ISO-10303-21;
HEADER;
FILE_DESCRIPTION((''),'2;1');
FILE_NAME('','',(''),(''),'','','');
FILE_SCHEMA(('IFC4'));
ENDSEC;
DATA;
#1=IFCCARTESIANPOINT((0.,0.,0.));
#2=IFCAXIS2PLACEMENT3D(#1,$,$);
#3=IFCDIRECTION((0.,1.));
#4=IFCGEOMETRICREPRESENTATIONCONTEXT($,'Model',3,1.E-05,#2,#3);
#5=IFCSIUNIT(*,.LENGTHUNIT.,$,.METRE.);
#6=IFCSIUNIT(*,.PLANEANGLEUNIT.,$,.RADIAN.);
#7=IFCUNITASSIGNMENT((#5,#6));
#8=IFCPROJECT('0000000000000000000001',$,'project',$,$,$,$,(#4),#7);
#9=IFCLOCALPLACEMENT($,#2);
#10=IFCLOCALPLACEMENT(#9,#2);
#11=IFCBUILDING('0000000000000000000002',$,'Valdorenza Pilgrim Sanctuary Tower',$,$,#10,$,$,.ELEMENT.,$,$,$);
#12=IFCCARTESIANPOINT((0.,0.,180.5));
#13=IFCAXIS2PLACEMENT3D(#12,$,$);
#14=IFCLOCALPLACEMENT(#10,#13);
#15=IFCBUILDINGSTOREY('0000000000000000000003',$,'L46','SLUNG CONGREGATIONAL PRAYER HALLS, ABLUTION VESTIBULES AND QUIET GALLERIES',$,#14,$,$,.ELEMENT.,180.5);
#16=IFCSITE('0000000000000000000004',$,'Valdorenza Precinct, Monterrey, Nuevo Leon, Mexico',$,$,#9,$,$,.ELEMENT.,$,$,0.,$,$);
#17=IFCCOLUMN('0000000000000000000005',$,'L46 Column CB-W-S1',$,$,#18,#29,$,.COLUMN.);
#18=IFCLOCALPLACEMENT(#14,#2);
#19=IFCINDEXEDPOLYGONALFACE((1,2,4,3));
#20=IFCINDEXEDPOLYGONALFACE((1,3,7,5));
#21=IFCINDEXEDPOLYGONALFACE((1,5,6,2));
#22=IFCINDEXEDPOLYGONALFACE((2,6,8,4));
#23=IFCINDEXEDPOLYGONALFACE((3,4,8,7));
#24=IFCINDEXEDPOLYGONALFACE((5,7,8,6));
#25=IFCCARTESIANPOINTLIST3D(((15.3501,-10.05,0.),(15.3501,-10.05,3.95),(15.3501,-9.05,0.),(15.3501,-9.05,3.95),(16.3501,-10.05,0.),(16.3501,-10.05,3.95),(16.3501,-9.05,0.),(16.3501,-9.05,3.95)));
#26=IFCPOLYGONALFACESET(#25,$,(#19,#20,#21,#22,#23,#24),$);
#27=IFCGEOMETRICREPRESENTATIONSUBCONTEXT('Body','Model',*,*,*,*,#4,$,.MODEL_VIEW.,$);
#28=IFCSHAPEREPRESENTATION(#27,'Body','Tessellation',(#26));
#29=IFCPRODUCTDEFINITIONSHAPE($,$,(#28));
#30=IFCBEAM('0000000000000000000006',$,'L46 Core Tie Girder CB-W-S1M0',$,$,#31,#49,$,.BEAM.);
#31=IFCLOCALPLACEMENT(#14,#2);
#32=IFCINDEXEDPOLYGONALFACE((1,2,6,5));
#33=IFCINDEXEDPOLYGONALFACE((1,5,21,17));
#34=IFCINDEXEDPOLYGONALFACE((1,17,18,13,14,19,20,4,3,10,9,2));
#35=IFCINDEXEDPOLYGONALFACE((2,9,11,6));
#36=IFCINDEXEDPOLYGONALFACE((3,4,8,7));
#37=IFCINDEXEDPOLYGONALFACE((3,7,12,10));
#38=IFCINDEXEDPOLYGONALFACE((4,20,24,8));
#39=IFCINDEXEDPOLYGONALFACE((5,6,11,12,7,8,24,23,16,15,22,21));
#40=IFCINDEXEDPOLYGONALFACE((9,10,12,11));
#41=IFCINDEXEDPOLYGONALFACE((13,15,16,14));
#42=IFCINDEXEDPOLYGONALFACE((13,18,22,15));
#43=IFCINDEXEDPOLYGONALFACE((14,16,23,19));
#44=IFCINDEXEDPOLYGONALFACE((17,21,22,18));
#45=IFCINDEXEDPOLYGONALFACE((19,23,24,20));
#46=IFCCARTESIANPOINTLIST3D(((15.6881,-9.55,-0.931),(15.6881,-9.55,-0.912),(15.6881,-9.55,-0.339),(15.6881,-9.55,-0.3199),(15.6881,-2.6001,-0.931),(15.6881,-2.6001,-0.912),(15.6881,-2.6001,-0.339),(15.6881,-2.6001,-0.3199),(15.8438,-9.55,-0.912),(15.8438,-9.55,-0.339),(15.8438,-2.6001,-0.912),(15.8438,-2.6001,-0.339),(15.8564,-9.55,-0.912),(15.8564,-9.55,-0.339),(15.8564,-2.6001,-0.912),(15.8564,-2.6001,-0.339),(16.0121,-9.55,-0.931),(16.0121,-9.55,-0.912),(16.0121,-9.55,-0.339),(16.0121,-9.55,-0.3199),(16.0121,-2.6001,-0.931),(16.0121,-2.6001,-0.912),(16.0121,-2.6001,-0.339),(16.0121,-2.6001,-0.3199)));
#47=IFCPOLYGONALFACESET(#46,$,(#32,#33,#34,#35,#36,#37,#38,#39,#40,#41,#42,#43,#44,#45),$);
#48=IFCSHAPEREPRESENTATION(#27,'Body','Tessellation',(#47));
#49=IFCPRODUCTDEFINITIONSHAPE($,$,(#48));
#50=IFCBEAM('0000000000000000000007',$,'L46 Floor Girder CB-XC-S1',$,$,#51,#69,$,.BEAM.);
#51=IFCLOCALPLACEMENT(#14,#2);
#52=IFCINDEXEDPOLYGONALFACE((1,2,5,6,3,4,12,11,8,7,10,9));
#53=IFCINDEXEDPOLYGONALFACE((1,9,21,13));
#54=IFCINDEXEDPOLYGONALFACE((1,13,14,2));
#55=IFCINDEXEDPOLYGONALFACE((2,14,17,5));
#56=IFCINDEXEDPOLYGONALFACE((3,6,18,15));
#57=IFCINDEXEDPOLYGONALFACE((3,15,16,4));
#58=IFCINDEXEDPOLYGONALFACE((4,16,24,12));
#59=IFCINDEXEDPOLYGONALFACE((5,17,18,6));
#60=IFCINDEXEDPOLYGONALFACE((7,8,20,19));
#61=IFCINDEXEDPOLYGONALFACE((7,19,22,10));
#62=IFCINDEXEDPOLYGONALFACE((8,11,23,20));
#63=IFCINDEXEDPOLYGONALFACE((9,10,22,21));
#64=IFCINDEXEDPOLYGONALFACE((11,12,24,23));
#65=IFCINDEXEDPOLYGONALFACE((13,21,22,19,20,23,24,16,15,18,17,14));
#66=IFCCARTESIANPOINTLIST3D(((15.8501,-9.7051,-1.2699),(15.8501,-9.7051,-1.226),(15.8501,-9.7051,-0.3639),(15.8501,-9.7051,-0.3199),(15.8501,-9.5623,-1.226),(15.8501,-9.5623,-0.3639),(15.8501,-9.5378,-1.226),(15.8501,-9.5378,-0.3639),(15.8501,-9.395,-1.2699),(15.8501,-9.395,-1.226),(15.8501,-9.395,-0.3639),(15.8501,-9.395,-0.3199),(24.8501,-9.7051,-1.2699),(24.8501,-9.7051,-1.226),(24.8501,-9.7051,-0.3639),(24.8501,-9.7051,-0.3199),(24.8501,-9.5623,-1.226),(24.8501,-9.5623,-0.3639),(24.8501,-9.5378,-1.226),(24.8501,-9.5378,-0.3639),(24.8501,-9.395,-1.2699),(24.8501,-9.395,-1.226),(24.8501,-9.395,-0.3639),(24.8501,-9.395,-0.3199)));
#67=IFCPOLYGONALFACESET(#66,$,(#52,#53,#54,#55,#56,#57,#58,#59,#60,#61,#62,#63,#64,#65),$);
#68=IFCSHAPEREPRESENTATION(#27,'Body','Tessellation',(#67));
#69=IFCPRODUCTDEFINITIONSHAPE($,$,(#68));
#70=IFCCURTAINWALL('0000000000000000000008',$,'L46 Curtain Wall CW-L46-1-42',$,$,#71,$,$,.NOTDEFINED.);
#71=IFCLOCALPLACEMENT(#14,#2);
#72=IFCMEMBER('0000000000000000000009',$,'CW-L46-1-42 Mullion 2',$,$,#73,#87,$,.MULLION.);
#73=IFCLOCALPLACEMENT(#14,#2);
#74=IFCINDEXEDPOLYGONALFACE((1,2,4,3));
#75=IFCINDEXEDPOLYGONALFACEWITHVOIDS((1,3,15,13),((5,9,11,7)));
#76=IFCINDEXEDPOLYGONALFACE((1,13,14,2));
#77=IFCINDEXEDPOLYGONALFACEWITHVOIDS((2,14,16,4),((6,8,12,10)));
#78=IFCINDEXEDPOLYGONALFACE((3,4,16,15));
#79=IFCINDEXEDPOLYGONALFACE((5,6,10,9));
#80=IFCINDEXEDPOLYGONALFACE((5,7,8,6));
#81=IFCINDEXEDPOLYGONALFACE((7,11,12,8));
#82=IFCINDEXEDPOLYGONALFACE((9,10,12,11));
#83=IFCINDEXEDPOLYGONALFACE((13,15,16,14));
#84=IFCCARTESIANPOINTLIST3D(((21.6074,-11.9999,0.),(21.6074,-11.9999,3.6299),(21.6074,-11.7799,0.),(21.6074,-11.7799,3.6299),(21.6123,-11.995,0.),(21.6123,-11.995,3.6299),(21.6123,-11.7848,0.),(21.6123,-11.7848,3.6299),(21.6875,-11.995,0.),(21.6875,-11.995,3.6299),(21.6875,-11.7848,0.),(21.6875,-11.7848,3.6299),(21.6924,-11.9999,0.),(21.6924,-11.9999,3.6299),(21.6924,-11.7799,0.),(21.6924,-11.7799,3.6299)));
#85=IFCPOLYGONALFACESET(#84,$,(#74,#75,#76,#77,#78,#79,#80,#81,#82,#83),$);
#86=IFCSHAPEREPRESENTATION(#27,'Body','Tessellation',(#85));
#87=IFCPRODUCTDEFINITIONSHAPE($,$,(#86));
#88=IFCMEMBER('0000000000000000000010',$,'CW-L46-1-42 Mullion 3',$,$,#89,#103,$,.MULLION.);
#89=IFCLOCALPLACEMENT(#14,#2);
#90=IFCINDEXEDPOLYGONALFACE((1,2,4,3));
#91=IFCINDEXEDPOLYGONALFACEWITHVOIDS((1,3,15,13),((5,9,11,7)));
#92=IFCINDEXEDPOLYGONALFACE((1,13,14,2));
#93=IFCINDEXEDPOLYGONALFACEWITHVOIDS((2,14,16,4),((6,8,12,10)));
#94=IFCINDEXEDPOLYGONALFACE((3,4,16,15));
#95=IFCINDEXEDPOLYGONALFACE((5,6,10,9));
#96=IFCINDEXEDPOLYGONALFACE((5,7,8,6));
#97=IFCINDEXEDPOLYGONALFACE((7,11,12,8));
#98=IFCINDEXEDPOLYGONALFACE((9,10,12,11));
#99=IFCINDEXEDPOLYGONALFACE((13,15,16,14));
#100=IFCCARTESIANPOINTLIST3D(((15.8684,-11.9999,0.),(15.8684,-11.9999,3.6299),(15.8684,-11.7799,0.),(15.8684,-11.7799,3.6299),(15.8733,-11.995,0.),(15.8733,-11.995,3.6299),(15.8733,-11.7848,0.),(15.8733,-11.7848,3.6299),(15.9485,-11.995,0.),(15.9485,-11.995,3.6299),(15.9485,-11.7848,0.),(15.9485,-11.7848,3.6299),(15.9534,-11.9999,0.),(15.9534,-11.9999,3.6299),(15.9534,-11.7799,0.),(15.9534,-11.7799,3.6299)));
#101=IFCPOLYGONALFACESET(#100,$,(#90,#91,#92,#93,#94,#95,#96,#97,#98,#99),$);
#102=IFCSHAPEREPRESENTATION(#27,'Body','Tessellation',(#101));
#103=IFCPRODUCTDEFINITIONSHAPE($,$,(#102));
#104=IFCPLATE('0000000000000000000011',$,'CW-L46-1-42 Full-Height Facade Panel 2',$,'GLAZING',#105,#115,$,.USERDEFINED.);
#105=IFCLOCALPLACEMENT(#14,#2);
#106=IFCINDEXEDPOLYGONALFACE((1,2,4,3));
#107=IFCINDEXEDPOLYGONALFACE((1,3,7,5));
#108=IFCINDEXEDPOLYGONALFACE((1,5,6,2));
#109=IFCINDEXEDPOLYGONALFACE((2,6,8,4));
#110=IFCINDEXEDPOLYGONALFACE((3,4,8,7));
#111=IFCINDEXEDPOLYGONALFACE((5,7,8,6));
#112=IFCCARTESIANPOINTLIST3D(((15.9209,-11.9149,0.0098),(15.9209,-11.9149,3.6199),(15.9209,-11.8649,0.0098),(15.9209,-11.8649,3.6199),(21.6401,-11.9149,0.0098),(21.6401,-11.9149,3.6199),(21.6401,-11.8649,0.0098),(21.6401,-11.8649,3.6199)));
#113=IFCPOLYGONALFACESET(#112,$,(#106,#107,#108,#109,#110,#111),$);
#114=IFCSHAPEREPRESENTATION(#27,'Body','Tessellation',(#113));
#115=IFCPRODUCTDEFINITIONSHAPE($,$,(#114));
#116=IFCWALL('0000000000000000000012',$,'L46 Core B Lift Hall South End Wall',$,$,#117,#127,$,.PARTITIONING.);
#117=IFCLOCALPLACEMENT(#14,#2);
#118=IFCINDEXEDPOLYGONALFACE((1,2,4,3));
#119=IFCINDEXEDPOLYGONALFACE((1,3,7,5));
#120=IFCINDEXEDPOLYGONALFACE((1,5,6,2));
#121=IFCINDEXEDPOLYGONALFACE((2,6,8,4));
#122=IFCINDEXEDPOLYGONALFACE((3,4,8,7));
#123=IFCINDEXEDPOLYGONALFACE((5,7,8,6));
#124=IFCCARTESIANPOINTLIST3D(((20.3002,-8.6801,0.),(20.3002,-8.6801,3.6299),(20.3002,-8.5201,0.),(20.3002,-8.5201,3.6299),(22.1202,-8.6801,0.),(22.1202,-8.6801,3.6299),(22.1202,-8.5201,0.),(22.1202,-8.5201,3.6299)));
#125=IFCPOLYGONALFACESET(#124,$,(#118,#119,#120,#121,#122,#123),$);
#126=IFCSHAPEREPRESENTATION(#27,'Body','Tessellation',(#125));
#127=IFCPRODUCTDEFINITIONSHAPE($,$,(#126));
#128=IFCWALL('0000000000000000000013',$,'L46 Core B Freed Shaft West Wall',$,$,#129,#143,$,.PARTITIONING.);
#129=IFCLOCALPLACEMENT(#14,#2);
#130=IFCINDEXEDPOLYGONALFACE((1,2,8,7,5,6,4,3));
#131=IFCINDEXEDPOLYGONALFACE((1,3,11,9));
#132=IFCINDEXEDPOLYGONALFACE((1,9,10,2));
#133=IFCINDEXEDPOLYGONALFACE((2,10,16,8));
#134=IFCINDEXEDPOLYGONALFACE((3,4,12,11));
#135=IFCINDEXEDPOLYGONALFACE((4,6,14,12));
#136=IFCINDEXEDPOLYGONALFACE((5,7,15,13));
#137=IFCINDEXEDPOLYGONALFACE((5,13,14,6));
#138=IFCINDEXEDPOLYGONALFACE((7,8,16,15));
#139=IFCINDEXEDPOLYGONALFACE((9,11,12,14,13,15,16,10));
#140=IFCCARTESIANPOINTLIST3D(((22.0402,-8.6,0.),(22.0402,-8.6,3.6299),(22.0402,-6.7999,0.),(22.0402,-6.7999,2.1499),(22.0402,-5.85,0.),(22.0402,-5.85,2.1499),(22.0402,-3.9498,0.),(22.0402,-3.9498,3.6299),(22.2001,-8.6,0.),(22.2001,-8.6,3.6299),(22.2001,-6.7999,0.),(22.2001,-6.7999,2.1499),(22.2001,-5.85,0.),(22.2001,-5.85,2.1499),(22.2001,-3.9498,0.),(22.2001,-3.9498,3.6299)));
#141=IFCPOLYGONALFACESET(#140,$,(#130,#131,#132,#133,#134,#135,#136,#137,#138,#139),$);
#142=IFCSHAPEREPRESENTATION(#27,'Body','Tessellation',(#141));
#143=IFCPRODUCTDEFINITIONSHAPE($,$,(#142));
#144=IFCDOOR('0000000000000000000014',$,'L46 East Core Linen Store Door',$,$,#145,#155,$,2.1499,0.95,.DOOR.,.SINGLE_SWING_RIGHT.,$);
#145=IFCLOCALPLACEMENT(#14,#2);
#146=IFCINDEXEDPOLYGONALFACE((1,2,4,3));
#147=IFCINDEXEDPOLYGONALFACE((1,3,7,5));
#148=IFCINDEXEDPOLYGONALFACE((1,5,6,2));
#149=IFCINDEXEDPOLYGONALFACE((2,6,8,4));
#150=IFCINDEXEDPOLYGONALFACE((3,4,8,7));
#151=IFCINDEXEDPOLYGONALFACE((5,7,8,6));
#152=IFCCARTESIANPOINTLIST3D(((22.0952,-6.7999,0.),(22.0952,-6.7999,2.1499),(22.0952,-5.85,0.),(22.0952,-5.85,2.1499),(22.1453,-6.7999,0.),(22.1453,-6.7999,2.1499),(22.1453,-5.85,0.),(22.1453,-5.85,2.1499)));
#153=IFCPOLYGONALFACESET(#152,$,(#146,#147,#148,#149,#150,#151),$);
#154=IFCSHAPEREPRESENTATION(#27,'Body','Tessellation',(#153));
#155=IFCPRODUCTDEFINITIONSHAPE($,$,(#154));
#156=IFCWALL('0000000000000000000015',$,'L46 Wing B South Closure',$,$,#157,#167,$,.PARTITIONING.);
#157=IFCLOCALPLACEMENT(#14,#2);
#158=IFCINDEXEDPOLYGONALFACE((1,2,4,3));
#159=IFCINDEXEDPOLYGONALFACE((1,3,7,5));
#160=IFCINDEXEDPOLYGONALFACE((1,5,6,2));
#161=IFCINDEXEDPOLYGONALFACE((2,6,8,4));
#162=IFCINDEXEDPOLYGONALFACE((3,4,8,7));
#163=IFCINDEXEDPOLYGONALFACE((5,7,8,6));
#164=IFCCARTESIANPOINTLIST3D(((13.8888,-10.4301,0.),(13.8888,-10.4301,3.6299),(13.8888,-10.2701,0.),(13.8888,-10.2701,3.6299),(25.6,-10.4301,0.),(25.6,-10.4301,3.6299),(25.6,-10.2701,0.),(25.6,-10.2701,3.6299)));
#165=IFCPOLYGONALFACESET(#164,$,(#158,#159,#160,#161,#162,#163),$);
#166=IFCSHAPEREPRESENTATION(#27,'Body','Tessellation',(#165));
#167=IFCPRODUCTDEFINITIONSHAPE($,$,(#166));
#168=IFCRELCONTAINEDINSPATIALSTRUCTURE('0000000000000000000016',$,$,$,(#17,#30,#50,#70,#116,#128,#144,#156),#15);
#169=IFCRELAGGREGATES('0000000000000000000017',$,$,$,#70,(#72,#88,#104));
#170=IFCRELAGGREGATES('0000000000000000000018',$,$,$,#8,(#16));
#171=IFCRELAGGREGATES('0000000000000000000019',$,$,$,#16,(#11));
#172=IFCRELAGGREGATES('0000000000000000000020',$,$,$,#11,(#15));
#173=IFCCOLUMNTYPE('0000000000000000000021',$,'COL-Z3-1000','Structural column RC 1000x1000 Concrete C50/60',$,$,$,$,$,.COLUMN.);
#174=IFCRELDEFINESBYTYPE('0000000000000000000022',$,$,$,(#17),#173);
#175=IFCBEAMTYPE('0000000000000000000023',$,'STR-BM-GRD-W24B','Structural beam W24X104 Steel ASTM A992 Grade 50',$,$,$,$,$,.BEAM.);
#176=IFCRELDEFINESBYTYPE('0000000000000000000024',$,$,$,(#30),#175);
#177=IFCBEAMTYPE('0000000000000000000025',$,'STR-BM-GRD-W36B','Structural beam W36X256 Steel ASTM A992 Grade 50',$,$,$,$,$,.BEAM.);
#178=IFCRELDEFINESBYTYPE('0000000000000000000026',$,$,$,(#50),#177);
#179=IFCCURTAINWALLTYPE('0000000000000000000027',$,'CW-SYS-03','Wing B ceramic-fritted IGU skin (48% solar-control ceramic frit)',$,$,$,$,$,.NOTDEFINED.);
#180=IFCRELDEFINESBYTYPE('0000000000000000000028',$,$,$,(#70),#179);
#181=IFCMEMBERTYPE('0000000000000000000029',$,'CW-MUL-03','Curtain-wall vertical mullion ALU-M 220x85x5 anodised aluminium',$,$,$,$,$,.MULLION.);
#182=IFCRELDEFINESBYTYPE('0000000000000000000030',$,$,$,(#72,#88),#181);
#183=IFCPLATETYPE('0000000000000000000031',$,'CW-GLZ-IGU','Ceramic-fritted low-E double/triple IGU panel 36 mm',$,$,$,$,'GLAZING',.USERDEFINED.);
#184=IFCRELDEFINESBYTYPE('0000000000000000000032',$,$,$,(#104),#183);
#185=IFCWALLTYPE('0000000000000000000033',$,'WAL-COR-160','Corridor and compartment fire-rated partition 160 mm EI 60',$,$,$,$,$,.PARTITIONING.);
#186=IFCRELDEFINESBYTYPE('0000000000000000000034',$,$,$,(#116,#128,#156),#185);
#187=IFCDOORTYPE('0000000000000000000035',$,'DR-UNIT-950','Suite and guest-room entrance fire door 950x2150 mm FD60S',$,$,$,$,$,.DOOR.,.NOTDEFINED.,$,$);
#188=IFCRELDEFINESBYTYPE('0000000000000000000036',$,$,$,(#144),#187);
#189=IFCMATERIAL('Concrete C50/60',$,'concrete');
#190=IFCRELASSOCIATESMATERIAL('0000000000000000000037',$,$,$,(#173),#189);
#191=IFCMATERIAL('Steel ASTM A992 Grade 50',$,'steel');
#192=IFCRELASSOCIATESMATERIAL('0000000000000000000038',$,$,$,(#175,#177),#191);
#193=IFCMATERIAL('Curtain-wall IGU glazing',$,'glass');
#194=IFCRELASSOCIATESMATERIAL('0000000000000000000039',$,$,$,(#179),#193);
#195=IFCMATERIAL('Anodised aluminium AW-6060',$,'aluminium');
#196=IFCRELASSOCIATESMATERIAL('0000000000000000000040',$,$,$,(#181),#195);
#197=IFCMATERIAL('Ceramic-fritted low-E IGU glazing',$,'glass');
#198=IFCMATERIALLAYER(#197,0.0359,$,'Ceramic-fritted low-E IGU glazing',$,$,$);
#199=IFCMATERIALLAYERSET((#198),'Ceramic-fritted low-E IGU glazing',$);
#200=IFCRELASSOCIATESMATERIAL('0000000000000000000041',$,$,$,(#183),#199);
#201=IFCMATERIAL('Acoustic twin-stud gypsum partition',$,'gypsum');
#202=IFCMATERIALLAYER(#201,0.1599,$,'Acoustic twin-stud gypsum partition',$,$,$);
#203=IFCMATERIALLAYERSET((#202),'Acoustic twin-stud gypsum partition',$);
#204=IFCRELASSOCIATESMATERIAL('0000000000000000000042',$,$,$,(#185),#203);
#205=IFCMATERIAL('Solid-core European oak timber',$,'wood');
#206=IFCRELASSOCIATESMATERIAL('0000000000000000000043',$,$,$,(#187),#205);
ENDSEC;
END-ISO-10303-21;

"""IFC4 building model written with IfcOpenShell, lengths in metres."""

from ifc_helpers import new_model, si_unit, direction, frame, frame_2d, origin, origin_2d, place, context, subcontext, project, spatial, rectangle, hollow_rectangle, i_section, extrude, source, transform, mapped, material, layer, layer_set, material_profile, profile_set, type_object, element, fill, aggregate, save


model = new_model("IFC4")

# Units and contexts
model_context = context("Model", 3, precision=1e-05, world=origin(), true_north=direction((0.0, 1.0)))
body_context = subcontext(model_context, "Body", "Model", "MODEL_VIEW")
ifc_project = project(units=[si_unit("LENGTHUNIT", "METRE"), si_unit("PLANEANGLEUNIT", "RADIAN")], contexts=[model_context])

# Site, building, storey
site_placement = place(None, origin())
site = spatial("IfcSite", under=ifc_project, at=site_placement, Name="Valdorenza Precinct, Monterrey, Nuevo Leon, Mexico", CompositionType="ELEMENT", RefElevation=0.0)
building_placement = place(site_placement, origin())
building = spatial("IfcBuilding", under=site, at=building_placement, Name="Valdorenza Pilgrim Sanctuary Tower", CompositionType="ELEMENT")
storey_placement = place(building_placement, frame((0.0, 0.0, 180.5)))
storey = spatial("IfcBuildingStorey", under=building, at=storey_placement, Name="L46", Description="SLUNG CONGREGATIONAL PRAYER HALLS, ABLUTION VESTIBULES AND QUIET GALLERIES", CompositionType="ELEMENT", Elevation=180.5)

# Column
ifc_material_1 = material(Name="Concrete C50/60", Category="concrete")
ifc_material_profile_1 = material_profile(ifc_material_1, rectangle(XDim=1.0, YDim=1.0, at=origin_2d()), Name="RC 1000x1000")
ifc_profile_set_1 = profile_set([ifc_material_profile_1], Name="Concrete C50/60")
column_type = type_object("IfcColumnType", Name="COL-Z3-1000", Description="Structural column RC 1000x1000 Concrete C50/60", PredefinedType="COLUMN", material=ifc_profile_set_1)
shared_shape_1 = source(origin(), body_context, "Body", "SweptSolid", [
    extrude(rectangle(XDim=1.0, YDim=1.0, at=origin_2d()), origin(), (0.0, 0.0, 1.0), 3.95),
])
column_placement = place(storey_placement, frame((15.8501, -9.55, 0.0), z_axis=(0.0, 0.0, 1.0), x_axis=(1.0, 0.0, 0.0)))
element("IfcColumn", 1, at=column_placement, inside=storey, type_object=column_type, Name="L46 Column CB-W-S1", PredefinedType="COLUMN", context=body_context, shape_type="MappedRepresentation", body=[
    mapped(shared_shape_1, transform((0.0, 0.0, 0.0), x_axis=(1.0, 0.0, 0.0), y_axis=(0.0, 1.0, 0.0), z_axis=(0.0, 0.0, 1.0), scale=1.0)),
])

# Beams
ifc_material_2 = material(Name="Steel ASTM A992 Grade 50", Category="steel")
ifc_material_profile_2 = material_profile(ifc_material_2, i_section(OverallWidth=0.324, OverallDepth=0.6111, WebThickness=0.0127, FlangeThickness=0.019, at=origin_2d()), Name="W24X104")
ifc_profile_set_2 = profile_set([ifc_material_profile_2], Name="Steel ASTM A992 Grade 50")
beam_type_1 = type_object("IfcBeamType", Name="STR-BM-GRD-W24B", Description="Structural beam W24X104 Steel ASTM A992 Grade 50", PredefinedType="BEAM", material=ifc_profile_set_2)
shared_shape_2 = source(origin(), body_context, "Body", "SweptSolid", [
    extrude(i_section(OverallWidth=0.324, OverallDepth=0.6111, WebThickness=0.0127, FlangeThickness=0.019, at=origin_2d()), origin(), (0.0, 0.0, 1.0), 6.95),
])
beam_1_placement = place(storey_placement, frame((15.8501, -9.55, -0.6255), z_axis=(0.0, 1.0, 0.0), x_axis=(-1.0, 0.0, 0.0)))
element("IfcBeam", 2, at=beam_1_placement, inside=storey, type_object=beam_type_1, Name="L46 Core Tie Girder CB-W-S1M0", PredefinedType="BEAM", context=body_context, shape_type="MappedRepresentation", body=[
    mapped(shared_shape_2, transform((0.0, 0.0, 0.0), x_axis=(1.0, 0.0, 0.0), y_axis=(0.0, 1.0, 0.0), z_axis=(0.0, 0.0, 1.0), scale=1.0)),
])
ifc_material_profile_3 = material_profile(ifc_material_2, i_section(OverallWidth=0.3101, OverallDepth=0.95, WebThickness=0.0244, FlangeThickness=0.0439, at=origin_2d()), Name="W36X256")
ifc_profile_set_3 = profile_set([ifc_material_profile_3], Name="Steel ASTM A992 Grade 50")
beam_type_2 = type_object("IfcBeamType", Name="STR-BM-GRD-W36B", Description="Structural beam W36X256 Steel ASTM A992 Grade 50", PredefinedType="BEAM", material=ifc_profile_set_3)
shared_shape_3 = source(origin(), body_context, "Body", "SweptSolid", [
    extrude(i_section(OverallWidth=0.3101, OverallDepth=0.95, WebThickness=0.0244, FlangeThickness=0.0439, at=origin_2d()), origin(), (0.0, 0.0, 1.0), 9.0),
])
beam_2_placement = place(storey_placement, frame((15.8501, -9.55, -0.7949), z_axis=(1.0, 0.0, 0.0), x_axis=(0.0, 1.0, 0.0)))
element("IfcBeam", 3, at=beam_2_placement, inside=storey, type_object=beam_type_2, Name="L46 Floor Girder CB-XC-S1", PredefinedType="BEAM", context=body_context, shape_type="MappedRepresentation", body=[
    mapped(shared_shape_3, transform((0.0, 0.0, 0.0), x_axis=(1.0, 0.0, 0.0), y_axis=(0.0, 1.0, 0.0), z_axis=(0.0, 0.0, 1.0), scale=1.0)),
])

# Curtain wall, members, plate
ifc_material_3 = material(Name="Curtain-wall IGU glazing", Category="glass")
curtain_wall_type = type_object("IfcCurtainWallType", Name="CW-SYS-03", Description="Wing B ceramic-fritted IGU skin (48% solar-control ceramic frit)", PredefinedType="NOTDEFINED", material=ifc_material_3)
curtain_wall_placement = place(storey_placement, origin())
curtain_wall = element("IfcCurtainWall", 4, at=curtain_wall_placement, inside=storey, type_object=curtain_wall_type, Name="L46 Curtain Wall CW-L46-1-42", PredefinedType="NOTDEFINED")
ifc_material_4 = material(Name="Anodised aluminium AW-6060", Category="aluminium")
ifc_material_profile_4 = material_profile(ifc_material_4, hollow_rectangle(XDim=0.085, YDim=0.22, WallThickness=0.0049, at=origin_2d()), Name="ALU-M 220x85x5")
ifc_profile_set_4 = profile_set([ifc_material_profile_4], Name="Anodised aluminium AW-6060")
member_type = type_object("IfcMemberType", Name="CW-MUL-03", Description="Curtain-wall vertical mullion ALU-M 220x85x5 anodised aluminium", PredefinedType="MULLION", material=ifc_profile_set_4)
shared_shape_4 = source(origin(), body_context, "Body", "SweptSolid", [
    extrude(hollow_rectangle(XDim=0.085, YDim=0.22, WallThickness=0.0049, at=origin_2d()), origin(), (0.0, 0.0, 1.0), 3.6299),
])
member_1_placement = place(storey_placement, frame((21.6499, -11.8899, 0.0), z_axis=(0.0, 0.0, 1.0), x_axis=(-1.0, 0.0, 0.0)))
member_1 = element("IfcMember", 5, at=member_1_placement, type_object=member_type, Name="CW-L46-1-42 Mullion 2", PredefinedType="MULLION", context=body_context, shape_type="MappedRepresentation", body=[
    mapped(shared_shape_4, transform((0.0, 0.0, 0.0), x_axis=(1.0, 0.0, 0.0), y_axis=(0.0, 1.0, 0.0), z_axis=(0.0, 0.0, 1.0), scale=1.0)),
])
member_2_placement = place(storey_placement, frame((15.9109, -11.8899, 0.0), z_axis=(0.0, 0.0, 1.0), x_axis=(-1.0, 0.0, 0.0)))
member_2 = element("IfcMember", 6, at=member_2_placement, type_object=member_type, Name="CW-L46-1-42 Mullion 3", PredefinedType="MULLION", context=body_context, shape_type="MappedRepresentation", body=[
    mapped(shared_shape_4, transform((0.0, 0.0, 0.0), x_axis=(1.0, 0.0, 0.0), y_axis=(0.0, 1.0, 0.0), z_axis=(0.0, 0.0, 1.0), scale=1.0)),
])
ifc_material_5 = material(Name="Ceramic-fritted low-E IGU glazing", Category="glass")
ifc_layer_1 = layer(ifc_material_5, 0.0359, Name="Ceramic-fritted low-E IGU glazing")
ifc_layer_set_1 = layer_set([ifc_layer_1], Name="Ceramic-fritted low-E IGU glazing")
plate_type = type_object("IfcPlateType", Name="CW-GLZ-IGU", Description="Ceramic-fritted low-E double/triple IGU panel 36 mm", ElementType="GLAZING", PredefinedType="USERDEFINED", material=ifc_layer_set_1)
shared_shape_5 = source(origin(), body_context, "Body", "SweptSolid", [
    extrude(rectangle(XDim=5.7192, YDim=0.05, at=origin_2d()), origin(), (0.0, 0.0, 1.0), 3.6101),
])
plate_placement = place(storey_placement, frame((18.7805, -11.8899, 0.0098), z_axis=(0.0, 0.0, 1.0), x_axis=(-1.0, 0.0, 0.0)))
plate = element("IfcPlate", 7, at=plate_placement, type_object=plate_type, Name="CW-L46-1-42 Full-Height Facade Panel 2", ObjectType="GLAZING", PredefinedType="USERDEFINED", context=body_context, shape_type="MappedRepresentation", body=[
    mapped(shared_shape_5, transform((0.0, 0.0, 0.0), x_axis=(1.0, 0.0, 0.0), y_axis=(0.0, 1.0, 0.0), z_axis=(0.0, 0.0, 1.0), scale=1.0)),
])
aggregate(curtain_wall, [member_1, member_2, plate])

# Wall
ifc_material_6 = material(Name="Acoustic twin-stud gypsum partition", Category="gypsum")
ifc_layer_2 = layer(ifc_material_6, 0.1599, Name="Acoustic twin-stud gypsum partition")
ifc_layer_set_2 = layer_set([ifc_layer_2], Name="Acoustic twin-stud gypsum partition")
wall_type_1 = type_object("IfcWallType", Name="WAL-COR-160", Description="Corridor and compartment fire-rated partition 160 mm EI 60", PredefinedType="PARTITIONING", material=ifc_layer_set_2)
wall_1_placement = place(storey_placement, frame((20.3, -8.6001, 0.0), z_axis=(0.0, 0.0, 1.0), x_axis=(1.0, 0.0, 0.0)))
element("IfcWall", 8, at=wall_1_placement, inside=storey, type_object=wall_type_1, Name="L46 Core B Lift Hall South End Wall", PredefinedType="PARTITIONING", context=body_context, shape_type="SweptSolid", body=[
    extrude(rectangle(XDim=1.8201, YDim=0.1599, at=frame_2d((0.9102, 0.0))), origin(), (0.0, 0.0, 1.0), 3.6299),
])

# Wall, opening, door
wall_2_placement = place(storey_placement, frame((22.1201, -8.6001, 0.0), z_axis=(0.0, 0.0, 1.0), x_axis=(0.0, 1.0, 0.0)))
wall_2 = element("IfcWall", 9, at=wall_2_placement, inside=storey, type_object=wall_type_1, Name="L46 Core B Freed Shaft West Wall", PredefinedType="PARTITIONING", context=body_context, shape_type="SweptSolid", body=[
    extrude(rectangle(XDim=4.6501, YDim=0.1599, at=frame_2d((2.3252, 0.0))), origin(), (0.0, 0.0, 1.0), 3.6299),
])
opening_placement = place(wall_2_placement, frame((1.8, 0.0, 0.0)))
opening = element("IfcOpeningElement", 10, at=opening_placement, cuts=wall_2, PredefinedType="OPENING", context=body_context, shape_type="SweptSolid", body=[
    extrude(rectangle(XDim=0.95, YDim=2.1499, at=frame_2d((0.4751, 1.075))), frame((0.0, 0.0947, 0.0), z_axis=(0.0, -1.0, 0.0), x_axis=(1.0, 0.0, 0.0)), (0.0, 0.0, 1.0), 0.1897),
])
ifc_material_7 = material(Name="Solid-core European oak timber", Category="wood")
door_type = type_object("IfcDoorType", Name="DR-UNIT-950", Description="Suite and guest-room entrance fire door 950x2150 mm FD60S", OperationType="NOTDEFINED", PredefinedType="DOOR", material=ifc_material_7)
door_placement = place(opening_placement, origin())
door = element("IfcDoor", 11, at=door_placement, inside=storey, type_object=door_type, Name="L46 East Core Linen Store Door", OperationType="SINGLE_SWING_RIGHT", OverallHeight=2.1499, OverallWidth=0.95, PredefinedType="DOOR", context=body_context, shape_type="SweptSolid", body=[
    extrude(rectangle(XDim=0.95, YDim=2.1499, at=frame_2d((0.4751, 1.075))), frame((0.0, 0.0249, 0.0), z_axis=(0.0, -1.0, 0.0), x_axis=(1.0, 0.0, 0.0)), (0.0, 0.0, 1.0), 0.05),
])
fill(opening, door)

# Wall
wall_3_placement = place(storey_placement, frame((13.8889, -10.3501, 0.0), z_axis=(0.0, 0.0, 1.0), x_axis=(1.0, 0.0, 0.0)))
element("IfcWall", 12, at=wall_3_placement, inside=storey, type_object=wall_type_1, Name="L46 Wing B South Closure", PredefinedType="PARTITIONING", context=body_context, shape_type="SweptSolid", body=[
    extrude(rectangle(XDim=11.7112, YDim=0.1599, at=frame_2d((5.8555, 0.0))), origin(), (0.0, 0.0, 1.0), 3.6299),
])

save(model, "model.ifc")
